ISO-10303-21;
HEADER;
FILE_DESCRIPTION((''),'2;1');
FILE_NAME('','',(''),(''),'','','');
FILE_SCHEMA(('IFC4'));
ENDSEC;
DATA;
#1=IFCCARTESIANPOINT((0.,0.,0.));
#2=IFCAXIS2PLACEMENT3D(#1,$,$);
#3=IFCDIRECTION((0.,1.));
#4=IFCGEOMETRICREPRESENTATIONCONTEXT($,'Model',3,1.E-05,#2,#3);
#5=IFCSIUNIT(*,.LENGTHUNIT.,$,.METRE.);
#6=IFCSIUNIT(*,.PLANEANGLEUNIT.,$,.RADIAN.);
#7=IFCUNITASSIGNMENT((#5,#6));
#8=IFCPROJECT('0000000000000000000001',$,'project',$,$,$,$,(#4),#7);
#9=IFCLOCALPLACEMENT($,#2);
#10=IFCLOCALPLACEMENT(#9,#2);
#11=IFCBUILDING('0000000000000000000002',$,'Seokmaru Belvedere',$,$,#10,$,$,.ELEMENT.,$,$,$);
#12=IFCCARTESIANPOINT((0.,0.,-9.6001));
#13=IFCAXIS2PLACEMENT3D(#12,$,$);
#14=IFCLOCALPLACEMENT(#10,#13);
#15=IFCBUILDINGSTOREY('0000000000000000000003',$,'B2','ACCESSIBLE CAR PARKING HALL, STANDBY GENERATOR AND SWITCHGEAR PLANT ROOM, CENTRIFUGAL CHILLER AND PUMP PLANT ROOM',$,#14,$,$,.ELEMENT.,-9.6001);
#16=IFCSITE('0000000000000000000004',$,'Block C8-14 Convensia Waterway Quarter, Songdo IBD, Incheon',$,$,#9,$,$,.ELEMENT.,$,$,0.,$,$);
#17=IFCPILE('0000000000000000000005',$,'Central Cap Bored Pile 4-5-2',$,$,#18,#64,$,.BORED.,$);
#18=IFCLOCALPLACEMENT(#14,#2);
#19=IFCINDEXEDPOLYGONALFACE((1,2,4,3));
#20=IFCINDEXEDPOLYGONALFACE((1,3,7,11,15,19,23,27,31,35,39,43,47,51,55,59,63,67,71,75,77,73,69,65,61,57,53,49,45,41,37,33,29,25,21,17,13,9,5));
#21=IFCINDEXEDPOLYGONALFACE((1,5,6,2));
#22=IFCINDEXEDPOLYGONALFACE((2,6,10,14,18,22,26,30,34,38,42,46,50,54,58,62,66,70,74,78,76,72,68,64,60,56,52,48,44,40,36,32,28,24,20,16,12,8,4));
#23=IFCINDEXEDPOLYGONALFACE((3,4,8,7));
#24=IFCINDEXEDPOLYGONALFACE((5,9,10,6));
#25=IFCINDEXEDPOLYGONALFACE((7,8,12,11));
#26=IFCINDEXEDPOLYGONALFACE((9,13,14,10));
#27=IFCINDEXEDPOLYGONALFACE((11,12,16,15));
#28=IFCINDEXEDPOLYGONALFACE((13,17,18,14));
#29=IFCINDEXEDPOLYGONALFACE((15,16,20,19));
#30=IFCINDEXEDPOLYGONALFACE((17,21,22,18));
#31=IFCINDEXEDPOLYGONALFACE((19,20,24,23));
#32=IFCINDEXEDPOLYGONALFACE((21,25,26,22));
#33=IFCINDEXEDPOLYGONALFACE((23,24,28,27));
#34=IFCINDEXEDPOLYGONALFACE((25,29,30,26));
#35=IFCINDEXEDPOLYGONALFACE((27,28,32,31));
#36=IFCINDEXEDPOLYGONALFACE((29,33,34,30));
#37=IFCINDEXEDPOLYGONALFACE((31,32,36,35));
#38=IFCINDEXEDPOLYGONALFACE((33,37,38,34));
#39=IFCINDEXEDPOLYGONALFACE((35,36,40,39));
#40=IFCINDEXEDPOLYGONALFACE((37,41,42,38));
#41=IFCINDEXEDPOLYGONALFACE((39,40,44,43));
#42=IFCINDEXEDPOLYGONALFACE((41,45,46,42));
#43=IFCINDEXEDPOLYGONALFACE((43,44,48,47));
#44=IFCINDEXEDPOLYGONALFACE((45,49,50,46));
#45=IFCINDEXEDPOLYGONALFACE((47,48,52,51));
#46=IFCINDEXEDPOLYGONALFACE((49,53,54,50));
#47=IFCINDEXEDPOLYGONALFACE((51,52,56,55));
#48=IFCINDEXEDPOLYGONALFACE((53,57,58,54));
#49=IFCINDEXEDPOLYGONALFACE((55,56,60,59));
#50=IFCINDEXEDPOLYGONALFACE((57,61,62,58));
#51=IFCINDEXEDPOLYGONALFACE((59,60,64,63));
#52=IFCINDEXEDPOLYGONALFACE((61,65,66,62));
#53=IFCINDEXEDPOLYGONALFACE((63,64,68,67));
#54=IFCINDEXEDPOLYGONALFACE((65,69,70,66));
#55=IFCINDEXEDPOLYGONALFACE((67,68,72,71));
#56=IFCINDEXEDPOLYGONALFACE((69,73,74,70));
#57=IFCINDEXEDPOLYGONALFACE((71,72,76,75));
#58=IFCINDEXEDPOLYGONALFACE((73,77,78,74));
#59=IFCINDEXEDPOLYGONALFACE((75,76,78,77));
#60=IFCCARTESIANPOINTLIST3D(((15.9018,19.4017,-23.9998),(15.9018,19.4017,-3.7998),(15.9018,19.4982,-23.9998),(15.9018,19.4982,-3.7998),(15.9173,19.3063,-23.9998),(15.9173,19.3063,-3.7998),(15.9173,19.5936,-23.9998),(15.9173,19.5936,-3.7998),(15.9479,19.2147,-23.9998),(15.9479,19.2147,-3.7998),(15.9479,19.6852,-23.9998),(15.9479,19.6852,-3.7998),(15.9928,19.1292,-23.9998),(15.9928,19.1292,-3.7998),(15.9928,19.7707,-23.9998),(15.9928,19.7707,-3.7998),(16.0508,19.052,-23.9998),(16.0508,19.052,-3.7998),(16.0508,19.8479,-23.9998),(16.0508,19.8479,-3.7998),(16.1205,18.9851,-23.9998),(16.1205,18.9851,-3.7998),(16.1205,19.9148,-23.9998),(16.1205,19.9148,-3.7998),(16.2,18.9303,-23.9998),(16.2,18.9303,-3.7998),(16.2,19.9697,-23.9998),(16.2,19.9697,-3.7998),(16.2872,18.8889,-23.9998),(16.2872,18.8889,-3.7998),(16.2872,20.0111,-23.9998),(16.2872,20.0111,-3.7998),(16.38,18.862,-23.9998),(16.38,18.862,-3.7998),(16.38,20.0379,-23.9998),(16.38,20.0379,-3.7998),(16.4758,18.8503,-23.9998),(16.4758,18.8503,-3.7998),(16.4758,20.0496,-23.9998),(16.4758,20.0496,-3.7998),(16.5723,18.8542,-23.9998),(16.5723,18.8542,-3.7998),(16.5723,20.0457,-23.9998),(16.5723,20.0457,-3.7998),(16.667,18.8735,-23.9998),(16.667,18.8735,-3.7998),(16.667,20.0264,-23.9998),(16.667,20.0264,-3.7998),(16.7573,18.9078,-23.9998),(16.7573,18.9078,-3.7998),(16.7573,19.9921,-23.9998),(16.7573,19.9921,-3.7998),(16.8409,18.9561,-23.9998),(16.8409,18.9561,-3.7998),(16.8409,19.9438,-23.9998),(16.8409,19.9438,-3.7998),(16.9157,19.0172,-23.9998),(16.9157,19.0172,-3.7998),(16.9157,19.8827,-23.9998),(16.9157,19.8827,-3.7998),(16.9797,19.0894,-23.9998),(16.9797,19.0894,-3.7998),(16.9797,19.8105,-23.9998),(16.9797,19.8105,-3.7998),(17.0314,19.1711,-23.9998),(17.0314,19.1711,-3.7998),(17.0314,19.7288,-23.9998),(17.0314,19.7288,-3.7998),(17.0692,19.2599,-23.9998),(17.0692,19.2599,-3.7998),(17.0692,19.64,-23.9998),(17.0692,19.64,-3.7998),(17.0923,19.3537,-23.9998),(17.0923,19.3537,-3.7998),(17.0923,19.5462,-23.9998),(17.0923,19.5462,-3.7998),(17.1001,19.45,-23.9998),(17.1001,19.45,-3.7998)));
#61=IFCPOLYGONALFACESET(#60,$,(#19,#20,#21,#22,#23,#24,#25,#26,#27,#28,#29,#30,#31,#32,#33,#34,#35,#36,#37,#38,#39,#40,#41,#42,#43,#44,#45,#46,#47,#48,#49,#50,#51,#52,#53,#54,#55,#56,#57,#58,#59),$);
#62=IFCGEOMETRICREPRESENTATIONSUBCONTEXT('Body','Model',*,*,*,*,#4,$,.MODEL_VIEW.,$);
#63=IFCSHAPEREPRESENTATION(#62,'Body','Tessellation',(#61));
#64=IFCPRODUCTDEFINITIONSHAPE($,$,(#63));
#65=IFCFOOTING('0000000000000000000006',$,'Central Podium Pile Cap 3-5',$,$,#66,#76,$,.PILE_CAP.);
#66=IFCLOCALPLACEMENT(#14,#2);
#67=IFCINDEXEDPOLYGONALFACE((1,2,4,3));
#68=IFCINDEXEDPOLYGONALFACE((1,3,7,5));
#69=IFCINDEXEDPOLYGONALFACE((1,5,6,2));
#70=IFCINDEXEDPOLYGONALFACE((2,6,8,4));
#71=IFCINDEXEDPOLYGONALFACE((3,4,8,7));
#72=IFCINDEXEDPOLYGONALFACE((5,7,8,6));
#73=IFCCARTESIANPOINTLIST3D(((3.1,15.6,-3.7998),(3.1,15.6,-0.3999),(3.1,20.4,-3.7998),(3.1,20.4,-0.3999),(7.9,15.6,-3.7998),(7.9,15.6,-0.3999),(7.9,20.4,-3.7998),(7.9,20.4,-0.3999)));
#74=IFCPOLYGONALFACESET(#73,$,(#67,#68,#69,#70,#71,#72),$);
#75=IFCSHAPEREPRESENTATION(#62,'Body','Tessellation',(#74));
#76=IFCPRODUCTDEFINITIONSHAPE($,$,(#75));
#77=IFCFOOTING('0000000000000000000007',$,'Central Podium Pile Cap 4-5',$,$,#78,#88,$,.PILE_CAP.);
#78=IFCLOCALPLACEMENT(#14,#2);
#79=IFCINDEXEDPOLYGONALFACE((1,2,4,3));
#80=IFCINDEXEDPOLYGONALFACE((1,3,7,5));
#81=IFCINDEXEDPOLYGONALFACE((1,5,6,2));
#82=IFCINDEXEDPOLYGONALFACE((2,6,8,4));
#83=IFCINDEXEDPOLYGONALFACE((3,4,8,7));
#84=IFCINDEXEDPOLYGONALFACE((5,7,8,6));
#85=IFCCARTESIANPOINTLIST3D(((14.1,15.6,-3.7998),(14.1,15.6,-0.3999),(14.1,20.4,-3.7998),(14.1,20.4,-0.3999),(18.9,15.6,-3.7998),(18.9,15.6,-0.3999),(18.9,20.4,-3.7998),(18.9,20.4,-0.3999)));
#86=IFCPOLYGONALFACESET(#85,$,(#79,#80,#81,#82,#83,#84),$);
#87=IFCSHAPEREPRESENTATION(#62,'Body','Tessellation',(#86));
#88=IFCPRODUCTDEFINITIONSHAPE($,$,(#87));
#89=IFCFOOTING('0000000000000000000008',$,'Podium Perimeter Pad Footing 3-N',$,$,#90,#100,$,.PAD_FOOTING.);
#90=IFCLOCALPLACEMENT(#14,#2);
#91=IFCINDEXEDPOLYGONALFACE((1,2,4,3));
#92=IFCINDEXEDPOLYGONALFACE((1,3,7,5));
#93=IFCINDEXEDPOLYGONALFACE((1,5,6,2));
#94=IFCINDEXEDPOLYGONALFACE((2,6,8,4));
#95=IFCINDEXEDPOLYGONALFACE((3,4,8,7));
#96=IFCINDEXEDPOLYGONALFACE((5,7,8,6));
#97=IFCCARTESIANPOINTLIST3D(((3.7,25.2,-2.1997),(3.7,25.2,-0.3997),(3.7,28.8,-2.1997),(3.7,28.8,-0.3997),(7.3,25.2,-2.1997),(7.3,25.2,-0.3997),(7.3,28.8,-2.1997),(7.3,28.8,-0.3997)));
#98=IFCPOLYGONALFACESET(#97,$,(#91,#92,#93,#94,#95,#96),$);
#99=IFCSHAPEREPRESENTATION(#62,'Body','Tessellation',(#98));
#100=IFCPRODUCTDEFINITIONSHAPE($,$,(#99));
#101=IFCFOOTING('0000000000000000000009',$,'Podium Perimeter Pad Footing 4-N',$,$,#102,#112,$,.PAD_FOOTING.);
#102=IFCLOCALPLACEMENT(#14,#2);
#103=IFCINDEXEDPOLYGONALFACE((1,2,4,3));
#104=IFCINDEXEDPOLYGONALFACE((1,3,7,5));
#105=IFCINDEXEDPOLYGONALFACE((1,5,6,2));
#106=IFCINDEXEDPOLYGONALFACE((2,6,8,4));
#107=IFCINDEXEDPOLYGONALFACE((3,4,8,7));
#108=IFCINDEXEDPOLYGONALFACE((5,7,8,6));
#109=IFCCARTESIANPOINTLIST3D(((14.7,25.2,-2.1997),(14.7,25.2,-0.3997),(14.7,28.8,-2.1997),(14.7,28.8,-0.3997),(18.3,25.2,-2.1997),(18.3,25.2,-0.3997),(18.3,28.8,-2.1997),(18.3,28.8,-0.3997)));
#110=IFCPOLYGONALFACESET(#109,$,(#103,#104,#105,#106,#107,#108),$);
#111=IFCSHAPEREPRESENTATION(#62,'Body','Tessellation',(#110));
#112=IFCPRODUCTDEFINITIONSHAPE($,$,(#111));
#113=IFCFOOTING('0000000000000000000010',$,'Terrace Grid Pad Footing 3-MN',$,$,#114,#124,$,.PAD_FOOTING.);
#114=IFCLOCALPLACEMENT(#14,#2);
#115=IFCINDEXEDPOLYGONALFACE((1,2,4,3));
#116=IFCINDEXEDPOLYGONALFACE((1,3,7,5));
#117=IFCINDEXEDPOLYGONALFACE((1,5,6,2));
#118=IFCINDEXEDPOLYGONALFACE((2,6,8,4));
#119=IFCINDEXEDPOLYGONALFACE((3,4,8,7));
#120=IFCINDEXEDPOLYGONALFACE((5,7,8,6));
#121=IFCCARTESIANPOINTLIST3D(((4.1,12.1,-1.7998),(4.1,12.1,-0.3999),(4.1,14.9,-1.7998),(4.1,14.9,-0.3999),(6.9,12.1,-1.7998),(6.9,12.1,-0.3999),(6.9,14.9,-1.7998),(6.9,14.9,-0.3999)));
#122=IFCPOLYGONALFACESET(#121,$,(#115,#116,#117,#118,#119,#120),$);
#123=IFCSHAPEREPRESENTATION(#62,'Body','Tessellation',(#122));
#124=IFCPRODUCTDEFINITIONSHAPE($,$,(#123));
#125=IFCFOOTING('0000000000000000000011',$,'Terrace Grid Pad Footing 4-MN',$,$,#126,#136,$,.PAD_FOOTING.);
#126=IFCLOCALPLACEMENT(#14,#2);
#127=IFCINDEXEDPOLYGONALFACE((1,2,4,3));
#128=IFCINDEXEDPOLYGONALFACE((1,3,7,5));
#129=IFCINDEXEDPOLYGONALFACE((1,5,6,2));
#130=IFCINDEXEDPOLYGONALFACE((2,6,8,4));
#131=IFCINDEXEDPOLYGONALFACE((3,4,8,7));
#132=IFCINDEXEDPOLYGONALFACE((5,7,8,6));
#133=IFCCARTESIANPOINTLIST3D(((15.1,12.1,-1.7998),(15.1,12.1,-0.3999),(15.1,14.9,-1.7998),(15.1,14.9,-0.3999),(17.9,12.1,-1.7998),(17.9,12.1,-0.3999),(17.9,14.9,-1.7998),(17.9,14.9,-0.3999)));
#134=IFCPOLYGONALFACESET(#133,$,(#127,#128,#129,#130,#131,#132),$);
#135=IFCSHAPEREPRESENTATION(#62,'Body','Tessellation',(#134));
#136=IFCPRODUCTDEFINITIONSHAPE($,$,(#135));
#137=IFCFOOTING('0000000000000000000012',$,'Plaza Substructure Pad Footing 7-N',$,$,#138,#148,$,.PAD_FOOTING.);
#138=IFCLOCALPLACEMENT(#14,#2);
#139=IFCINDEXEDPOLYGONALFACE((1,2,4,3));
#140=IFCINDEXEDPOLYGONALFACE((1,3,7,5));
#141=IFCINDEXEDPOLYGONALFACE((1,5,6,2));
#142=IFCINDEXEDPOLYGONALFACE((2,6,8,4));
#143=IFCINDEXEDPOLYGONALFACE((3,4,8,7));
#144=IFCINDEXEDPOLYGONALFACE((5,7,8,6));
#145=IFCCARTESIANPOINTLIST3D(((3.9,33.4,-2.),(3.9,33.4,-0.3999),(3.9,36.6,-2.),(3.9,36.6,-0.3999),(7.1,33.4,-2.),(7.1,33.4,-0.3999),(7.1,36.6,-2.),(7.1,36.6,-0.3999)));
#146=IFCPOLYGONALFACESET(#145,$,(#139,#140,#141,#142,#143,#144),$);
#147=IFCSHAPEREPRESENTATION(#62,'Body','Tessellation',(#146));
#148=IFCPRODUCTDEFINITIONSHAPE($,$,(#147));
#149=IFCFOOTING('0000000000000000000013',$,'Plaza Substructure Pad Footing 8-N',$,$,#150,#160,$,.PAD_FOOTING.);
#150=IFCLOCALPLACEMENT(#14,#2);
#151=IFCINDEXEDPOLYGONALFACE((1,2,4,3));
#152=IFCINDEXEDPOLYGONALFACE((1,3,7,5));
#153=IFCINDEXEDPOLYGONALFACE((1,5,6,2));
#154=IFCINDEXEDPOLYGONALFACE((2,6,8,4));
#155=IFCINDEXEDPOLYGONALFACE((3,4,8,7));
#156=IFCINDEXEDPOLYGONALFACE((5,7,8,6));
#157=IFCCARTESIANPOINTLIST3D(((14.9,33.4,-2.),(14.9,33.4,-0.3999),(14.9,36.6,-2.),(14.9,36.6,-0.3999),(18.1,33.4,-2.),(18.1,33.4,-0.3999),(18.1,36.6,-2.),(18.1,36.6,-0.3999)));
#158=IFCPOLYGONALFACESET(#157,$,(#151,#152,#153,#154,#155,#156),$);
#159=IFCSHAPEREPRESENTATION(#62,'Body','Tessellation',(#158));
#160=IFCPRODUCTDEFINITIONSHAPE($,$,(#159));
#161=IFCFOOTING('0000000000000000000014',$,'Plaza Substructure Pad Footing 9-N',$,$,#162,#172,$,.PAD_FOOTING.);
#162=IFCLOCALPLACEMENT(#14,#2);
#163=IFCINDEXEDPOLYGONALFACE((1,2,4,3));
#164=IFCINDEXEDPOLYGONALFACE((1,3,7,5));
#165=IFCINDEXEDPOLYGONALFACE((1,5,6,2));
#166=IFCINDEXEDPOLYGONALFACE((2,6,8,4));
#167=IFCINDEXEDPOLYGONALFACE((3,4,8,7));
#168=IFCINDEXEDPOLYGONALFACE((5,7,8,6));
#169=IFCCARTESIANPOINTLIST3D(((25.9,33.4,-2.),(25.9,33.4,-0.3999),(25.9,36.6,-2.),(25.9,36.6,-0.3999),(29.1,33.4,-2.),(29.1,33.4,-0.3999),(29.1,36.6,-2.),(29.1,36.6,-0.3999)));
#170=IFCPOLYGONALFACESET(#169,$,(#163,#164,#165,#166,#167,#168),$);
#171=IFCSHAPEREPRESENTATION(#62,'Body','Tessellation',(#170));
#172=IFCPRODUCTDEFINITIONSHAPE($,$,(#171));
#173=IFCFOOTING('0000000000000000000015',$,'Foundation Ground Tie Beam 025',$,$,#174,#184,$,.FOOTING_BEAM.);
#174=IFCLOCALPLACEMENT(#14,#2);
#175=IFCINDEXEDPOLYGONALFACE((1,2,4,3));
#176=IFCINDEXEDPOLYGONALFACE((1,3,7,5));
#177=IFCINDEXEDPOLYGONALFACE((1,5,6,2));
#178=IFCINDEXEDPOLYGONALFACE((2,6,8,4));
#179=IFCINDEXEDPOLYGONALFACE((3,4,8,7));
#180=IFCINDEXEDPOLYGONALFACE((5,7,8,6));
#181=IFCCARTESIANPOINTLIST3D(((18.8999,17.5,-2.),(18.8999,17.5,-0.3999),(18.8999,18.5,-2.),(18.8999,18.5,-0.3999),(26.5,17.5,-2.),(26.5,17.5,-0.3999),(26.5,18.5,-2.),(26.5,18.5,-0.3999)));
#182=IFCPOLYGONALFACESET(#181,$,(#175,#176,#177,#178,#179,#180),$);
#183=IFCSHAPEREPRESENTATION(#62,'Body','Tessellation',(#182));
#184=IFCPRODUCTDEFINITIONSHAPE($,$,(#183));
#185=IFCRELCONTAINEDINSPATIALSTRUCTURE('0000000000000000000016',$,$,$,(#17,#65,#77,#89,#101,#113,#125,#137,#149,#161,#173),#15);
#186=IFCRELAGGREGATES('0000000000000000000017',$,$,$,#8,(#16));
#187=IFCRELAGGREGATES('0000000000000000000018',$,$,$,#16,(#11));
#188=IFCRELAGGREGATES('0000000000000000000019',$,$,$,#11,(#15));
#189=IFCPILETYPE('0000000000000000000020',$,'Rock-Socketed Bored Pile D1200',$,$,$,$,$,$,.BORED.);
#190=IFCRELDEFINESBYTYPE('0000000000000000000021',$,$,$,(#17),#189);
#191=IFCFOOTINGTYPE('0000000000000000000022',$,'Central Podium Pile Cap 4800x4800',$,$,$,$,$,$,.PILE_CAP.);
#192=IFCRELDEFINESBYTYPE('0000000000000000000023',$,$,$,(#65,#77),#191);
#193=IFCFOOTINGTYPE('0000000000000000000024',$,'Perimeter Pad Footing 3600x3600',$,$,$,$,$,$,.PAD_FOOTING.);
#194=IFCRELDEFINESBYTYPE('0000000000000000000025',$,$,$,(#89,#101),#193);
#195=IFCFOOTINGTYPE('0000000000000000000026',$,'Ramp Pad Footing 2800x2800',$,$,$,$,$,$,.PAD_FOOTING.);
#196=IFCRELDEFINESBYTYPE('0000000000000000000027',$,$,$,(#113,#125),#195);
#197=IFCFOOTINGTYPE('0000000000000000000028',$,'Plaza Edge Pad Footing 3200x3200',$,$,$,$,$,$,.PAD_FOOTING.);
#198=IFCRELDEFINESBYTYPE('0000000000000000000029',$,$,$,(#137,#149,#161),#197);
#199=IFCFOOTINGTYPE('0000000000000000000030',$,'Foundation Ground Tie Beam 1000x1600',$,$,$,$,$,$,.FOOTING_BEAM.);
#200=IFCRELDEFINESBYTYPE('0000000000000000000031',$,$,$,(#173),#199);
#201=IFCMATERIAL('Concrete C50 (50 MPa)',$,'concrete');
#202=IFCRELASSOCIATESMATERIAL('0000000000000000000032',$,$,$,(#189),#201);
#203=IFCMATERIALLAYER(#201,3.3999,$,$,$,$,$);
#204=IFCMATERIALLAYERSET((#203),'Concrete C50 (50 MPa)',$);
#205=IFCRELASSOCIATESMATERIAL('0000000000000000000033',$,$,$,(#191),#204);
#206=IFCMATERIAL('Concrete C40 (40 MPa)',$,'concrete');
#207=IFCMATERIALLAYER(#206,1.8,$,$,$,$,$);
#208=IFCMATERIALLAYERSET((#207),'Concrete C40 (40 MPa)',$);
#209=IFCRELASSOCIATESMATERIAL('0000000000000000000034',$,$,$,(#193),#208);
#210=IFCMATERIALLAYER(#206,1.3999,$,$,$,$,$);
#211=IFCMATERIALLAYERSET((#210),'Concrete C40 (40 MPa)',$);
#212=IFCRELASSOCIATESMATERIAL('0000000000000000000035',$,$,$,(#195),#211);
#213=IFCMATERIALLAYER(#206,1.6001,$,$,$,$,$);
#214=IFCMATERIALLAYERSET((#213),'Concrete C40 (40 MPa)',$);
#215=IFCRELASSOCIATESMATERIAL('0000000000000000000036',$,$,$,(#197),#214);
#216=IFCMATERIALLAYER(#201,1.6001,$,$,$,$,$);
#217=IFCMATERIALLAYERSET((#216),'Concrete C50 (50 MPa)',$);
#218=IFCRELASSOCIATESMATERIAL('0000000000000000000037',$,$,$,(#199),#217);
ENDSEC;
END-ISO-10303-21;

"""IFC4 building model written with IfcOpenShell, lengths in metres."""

from ifc_helpers import new_model, si_unit, direction, frame, origin, origin_2d, place, context, subcontext, project, spatial, rectangle, circle, extrude, source, transform, mapped, material, layer, layer_set, material_profile, profile_set, type_object, type_shapes, element, save


model = new_model("IFC4")

# Units and contexts
model_context = context("Model", 3, precision=1e-05, world=origin(), true_north=direction((0.0, 1.0)))
body_context = subcontext(model_context, "Body", "Model", "MODEL_VIEW")
ifc_project = project(units=[si_unit("LENGTHUNIT", "METRE"), si_unit("PLANEANGLEUNIT", "RADIAN")], contexts=[model_context])

# Site, building, storey
site_placement = place(None, origin())
site = spatial("IfcSite", under=ifc_project, at=site_placement, Name="Block C8-14 Convensia Waterway Quarter, Songdo IBD, Incheon", CompositionType="ELEMENT", RefElevation=0.0)
building_placement = place(site_placement, origin())
building = spatial("IfcBuilding", under=site, at=building_placement, Name="Seokmaru Belvedere", CompositionType="ELEMENT")
storey_placement = place(building_placement, frame((0.0, 0.0, -9.6001)))
storey = spatial("IfcBuildingStorey", under=building, at=storey_placement, Name="B2", Description="ACCESSIBLE CAR PARKING HALL, STANDBY GENERATOR AND SWITCHGEAR PLANT ROOM, CENTRIFUGAL CHILLER AND PUMP PLANT ROOM", CompositionType="ELEMENT", Elevation=-9.6001)

# Pile
ifc_material_1 = material(Name="Concrete C50 (50 MPa)", Category="concrete")
ifc_material_profile_1 = material_profile(ifc_material_1, circle(Radius=0.6001, at=origin_2d()), Name="PILE-D1200")
ifc_profile_set_1 = profile_set([ifc_material_profile_1], Name="Concrete C50 (50 MPa)")
pile_type = type_object("IfcPileType", Name="Rock-Socketed Bored Pile D1200", PredefinedType="BORED", material=ifc_profile_set_1)
shared_shape_1 = source(origin(), body_context, "Body", "SweptSolid", [
    extrude(circle(Radius=0.6001, at=origin_2d()), origin(), (0.0, 0.0, 1.0), 20.2),
])
type_shapes(pile_type, [shared_shape_1])
for number, where, z_axis, x_axis, name in (
    (1, (16.5, 19.45, -3.7998), (0.0, 0.0, -1.0), (1.0, 0.0, 0.0), "Central Cap Bored Pile 4-5-2"),
):
    element("IfcPile", number, at=place(storey_placement, frame(where, z_axis=z_axis, x_axis=x_axis)), inside=storey, type_object=pile_type, Name=name, PredefinedType="BORED", context=body_context, shape_type="MappedRepresentation", body=[
        mapped(shared_shape_1, transform((0.0, 0.0, 0.0), scale=1.0)),
    ])

# Footings
ifc_layer_1 = layer(ifc_material_1, 3.3999)
ifc_layer_set_1 = layer_set([ifc_layer_1], Name="Concrete C50 (50 MPa)")
footing_type_1 = type_object("IfcFootingType", Name="Central Podium Pile Cap 4800x4800", PredefinedType="PILE_CAP", material=ifc_layer_set_1)
shared_shape_2 = source(origin(), body_context, "Body", "SweptSolid", [
    extrude(rectangle(XDim=4.8, YDim=4.8, at=origin_2d()), origin(), (0.0, 0.0, 1.0), 3.3999),
])
type_shapes(footing_type_1, [shared_shape_2])
for number, where, z_axis, x_axis, name in (
    (2, (5.5, 18.0, -3.7998), (0.0, 0.0, 1.0), (1.0, 0.0, 0.0), "Central Podium Pile Cap 3-5"),
    (3, (16.5, 18.0, -3.7998), (0.0, 0.0, 1.0), (1.0, 0.0, 0.0), "Central Podium Pile Cap 4-5"),
):
    element("IfcFooting", number, at=place(storey_placement, frame(where, z_axis=z_axis, x_axis=x_axis)), inside=storey, type_object=footing_type_1, Name=name, PredefinedType="PILE_CAP", context=body_context, shape_type="MappedRepresentation", body=[
        mapped(shared_shape_2, transform((0.0, 0.0, 0.0), scale=1.0)),
    ])
ifc_material_2 = material(Name="Concrete C40 (40 MPa)", Category="concrete")
ifc_layer_2 = layer(ifc_material_2, 1.8)
ifc_layer_set_2 = layer_set([ifc_layer_2], Name="Concrete C40 (40 MPa)")
footing_type_2 = type_object("IfcFootingType", Name="Perimeter Pad Footing 3600x3600", PredefinedType="PAD_FOOTING", material=ifc_layer_set_2)
shared_shape_3 = source(origin(), body_context, "Body", "SweptSolid", [
    extrude(rectangle(XDim=3.6001, YDim=3.6001, at=origin_2d()), origin(), (0.0, 0.0, 1.0), 1.8),
])
type_shapes(footing_type_2, [shared_shape_3])
for number, where, z_axis, x_axis, name in (
    (4, (5.5, 27.0, -2.1997), (0.0, 0.0, 1.0), (1.0, 0.0, 0.0), "Podium Perimeter Pad Footing 3-N"),
    (5, (16.5, 27.0, -2.1997), (0.0, 0.0, 1.0), (1.0, 0.0, 0.0), "Podium Perimeter Pad Footing 4-N"),
):
    element("IfcFooting", number, at=place(storey_placement, frame(where, z_axis=z_axis, x_axis=x_axis)), inside=storey, type_object=footing_type_2, Name=name, PredefinedType="PAD_FOOTING", context=body_context, shape_type="MappedRepresentation", body=[
        mapped(shared_shape_3, transform((0.0, 0.0, 0.0), scale=1.0)),
    ])
ifc_layer_3 = layer(ifc_material_2, 1.3999)
ifc_layer_set_3 = layer_set([ifc_layer_3], Name="Concrete C40 (40 MPa)")
footing_type_3 = type_object("IfcFootingType", Name="Ramp Pad Footing 2800x2800", PredefinedType="PAD_FOOTING", material=ifc_layer_set_3)
shared_shape_4 = source(origin(), body_context, "Body", "SweptSolid", [
    extrude(rectangle(XDim=2.8, YDim=2.8, at=origin_2d()), origin(), (0.0, 0.0, 1.0), 1.3999),
])
type_shapes(footing_type_3, [shared_shape_4])
for number, where, z_axis, x_axis, name in (
    (6, (5.5, 13.5, -1.7998), (0.0, 0.0, 1.0), (1.0, 0.0, 0.0), "Terrace Grid Pad Footing 3-MN"),
    (7, (16.5, 13.5, -1.7998), (0.0, 0.0, 1.0), (1.0, 0.0, 0.0), "Terrace Grid Pad Footing 4-MN"),
):
    element("IfcFooting", number, at=place(storey_placement, frame(where, z_axis=z_axis, x_axis=x_axis)), inside=storey, type_object=footing_type_3, Name=name, PredefinedType="PAD_FOOTING", context=body_context, shape_type="MappedRepresentation", body=[
        mapped(shared_shape_4, transform((0.0, 0.0, 0.0), scale=1.0)),
    ])
ifc_layer_4 = layer(ifc_material_2, 1.6001)
ifc_layer_set_4 = layer_set([ifc_layer_4], Name="Concrete C40 (40 MPa)")
footing_type_4 = type_object("IfcFootingType", Name="Plaza Edge Pad Footing 3200x3200", PredefinedType="PAD_FOOTING", material=ifc_layer_set_4)
shared_shape_5 = source(origin(), body_context, "Body", "SweptSolid", [
    extrude(rectangle(XDim=3.2, YDim=3.2, at=origin_2d()), origin(), (0.0, 0.0, 1.0), 1.6001),
])
type_shapes(footing_type_4, [shared_shape_5])
for number, where, z_axis, x_axis, name in (
    (8, (5.5, 35.0, -2.0), (0.0, 0.0, 1.0), (1.0, 0.0, 0.0), "Plaza Substructure Pad Footing 7-N"),
    (9, (16.5, 35.0, -2.0), (0.0, 0.0, 1.0), (1.0, 0.0, 0.0), "Plaza Substructure Pad Footing 8-N"),
    (10, (27.5, 35.0, -2.0), (0.0, 0.0, 1.0), (1.0, 0.0, 0.0), "Plaza Substructure Pad Footing 9-N"),
):
    element("IfcFooting", number, at=place(storey_placement, frame(where, z_axis=z_axis, x_axis=x_axis)), inside=storey, type_object=footing_type_4, Name=name, PredefinedType="PAD_FOOTING", context=body_context, shape_type="MappedRepresentation", body=[
        mapped(shared_shape_5, transform((0.0, 0.0, 0.0), scale=1.0)),
    ])
ifc_layer_5 = layer(ifc_material_1, 1.6001)
ifc_layer_set_5 = layer_set([ifc_layer_5], Name="Concrete C50 (50 MPa)")
footing_type_5 = type_object("IfcFootingType", Name="Foundation Ground Tie Beam 1000x1600", PredefinedType="FOOTING_BEAM", material=ifc_layer_set_5)
shared_shape_6 = source(origin(), body_context, "Body", "SweptSolid", [
    extrude(rectangle(XDim=7.6001, YDim=1.0, at=origin_2d()), origin(), (0.0, 0.0, 1.0), 1.6001),
])
footing_1_placement = place(storey_placement, frame((22.7, 18.0, -2.0), z_axis=(0.0, 0.0, 1.0), x_axis=(1.0, 0.0, 0.0)))
element("IfcFooting", 11, at=footing_1_placement, inside=storey, type_object=footing_type_5, Name="Foundation Ground Tie Beam 025", PredefinedType="FOOTING_BEAM", context=body_context, shape_type="MappedRepresentation", body=[
    mapped(shared_shape_6, transform((0.0, 0.0, 0.0), scale=1.0)),
])

save(model, "model.ifc")
